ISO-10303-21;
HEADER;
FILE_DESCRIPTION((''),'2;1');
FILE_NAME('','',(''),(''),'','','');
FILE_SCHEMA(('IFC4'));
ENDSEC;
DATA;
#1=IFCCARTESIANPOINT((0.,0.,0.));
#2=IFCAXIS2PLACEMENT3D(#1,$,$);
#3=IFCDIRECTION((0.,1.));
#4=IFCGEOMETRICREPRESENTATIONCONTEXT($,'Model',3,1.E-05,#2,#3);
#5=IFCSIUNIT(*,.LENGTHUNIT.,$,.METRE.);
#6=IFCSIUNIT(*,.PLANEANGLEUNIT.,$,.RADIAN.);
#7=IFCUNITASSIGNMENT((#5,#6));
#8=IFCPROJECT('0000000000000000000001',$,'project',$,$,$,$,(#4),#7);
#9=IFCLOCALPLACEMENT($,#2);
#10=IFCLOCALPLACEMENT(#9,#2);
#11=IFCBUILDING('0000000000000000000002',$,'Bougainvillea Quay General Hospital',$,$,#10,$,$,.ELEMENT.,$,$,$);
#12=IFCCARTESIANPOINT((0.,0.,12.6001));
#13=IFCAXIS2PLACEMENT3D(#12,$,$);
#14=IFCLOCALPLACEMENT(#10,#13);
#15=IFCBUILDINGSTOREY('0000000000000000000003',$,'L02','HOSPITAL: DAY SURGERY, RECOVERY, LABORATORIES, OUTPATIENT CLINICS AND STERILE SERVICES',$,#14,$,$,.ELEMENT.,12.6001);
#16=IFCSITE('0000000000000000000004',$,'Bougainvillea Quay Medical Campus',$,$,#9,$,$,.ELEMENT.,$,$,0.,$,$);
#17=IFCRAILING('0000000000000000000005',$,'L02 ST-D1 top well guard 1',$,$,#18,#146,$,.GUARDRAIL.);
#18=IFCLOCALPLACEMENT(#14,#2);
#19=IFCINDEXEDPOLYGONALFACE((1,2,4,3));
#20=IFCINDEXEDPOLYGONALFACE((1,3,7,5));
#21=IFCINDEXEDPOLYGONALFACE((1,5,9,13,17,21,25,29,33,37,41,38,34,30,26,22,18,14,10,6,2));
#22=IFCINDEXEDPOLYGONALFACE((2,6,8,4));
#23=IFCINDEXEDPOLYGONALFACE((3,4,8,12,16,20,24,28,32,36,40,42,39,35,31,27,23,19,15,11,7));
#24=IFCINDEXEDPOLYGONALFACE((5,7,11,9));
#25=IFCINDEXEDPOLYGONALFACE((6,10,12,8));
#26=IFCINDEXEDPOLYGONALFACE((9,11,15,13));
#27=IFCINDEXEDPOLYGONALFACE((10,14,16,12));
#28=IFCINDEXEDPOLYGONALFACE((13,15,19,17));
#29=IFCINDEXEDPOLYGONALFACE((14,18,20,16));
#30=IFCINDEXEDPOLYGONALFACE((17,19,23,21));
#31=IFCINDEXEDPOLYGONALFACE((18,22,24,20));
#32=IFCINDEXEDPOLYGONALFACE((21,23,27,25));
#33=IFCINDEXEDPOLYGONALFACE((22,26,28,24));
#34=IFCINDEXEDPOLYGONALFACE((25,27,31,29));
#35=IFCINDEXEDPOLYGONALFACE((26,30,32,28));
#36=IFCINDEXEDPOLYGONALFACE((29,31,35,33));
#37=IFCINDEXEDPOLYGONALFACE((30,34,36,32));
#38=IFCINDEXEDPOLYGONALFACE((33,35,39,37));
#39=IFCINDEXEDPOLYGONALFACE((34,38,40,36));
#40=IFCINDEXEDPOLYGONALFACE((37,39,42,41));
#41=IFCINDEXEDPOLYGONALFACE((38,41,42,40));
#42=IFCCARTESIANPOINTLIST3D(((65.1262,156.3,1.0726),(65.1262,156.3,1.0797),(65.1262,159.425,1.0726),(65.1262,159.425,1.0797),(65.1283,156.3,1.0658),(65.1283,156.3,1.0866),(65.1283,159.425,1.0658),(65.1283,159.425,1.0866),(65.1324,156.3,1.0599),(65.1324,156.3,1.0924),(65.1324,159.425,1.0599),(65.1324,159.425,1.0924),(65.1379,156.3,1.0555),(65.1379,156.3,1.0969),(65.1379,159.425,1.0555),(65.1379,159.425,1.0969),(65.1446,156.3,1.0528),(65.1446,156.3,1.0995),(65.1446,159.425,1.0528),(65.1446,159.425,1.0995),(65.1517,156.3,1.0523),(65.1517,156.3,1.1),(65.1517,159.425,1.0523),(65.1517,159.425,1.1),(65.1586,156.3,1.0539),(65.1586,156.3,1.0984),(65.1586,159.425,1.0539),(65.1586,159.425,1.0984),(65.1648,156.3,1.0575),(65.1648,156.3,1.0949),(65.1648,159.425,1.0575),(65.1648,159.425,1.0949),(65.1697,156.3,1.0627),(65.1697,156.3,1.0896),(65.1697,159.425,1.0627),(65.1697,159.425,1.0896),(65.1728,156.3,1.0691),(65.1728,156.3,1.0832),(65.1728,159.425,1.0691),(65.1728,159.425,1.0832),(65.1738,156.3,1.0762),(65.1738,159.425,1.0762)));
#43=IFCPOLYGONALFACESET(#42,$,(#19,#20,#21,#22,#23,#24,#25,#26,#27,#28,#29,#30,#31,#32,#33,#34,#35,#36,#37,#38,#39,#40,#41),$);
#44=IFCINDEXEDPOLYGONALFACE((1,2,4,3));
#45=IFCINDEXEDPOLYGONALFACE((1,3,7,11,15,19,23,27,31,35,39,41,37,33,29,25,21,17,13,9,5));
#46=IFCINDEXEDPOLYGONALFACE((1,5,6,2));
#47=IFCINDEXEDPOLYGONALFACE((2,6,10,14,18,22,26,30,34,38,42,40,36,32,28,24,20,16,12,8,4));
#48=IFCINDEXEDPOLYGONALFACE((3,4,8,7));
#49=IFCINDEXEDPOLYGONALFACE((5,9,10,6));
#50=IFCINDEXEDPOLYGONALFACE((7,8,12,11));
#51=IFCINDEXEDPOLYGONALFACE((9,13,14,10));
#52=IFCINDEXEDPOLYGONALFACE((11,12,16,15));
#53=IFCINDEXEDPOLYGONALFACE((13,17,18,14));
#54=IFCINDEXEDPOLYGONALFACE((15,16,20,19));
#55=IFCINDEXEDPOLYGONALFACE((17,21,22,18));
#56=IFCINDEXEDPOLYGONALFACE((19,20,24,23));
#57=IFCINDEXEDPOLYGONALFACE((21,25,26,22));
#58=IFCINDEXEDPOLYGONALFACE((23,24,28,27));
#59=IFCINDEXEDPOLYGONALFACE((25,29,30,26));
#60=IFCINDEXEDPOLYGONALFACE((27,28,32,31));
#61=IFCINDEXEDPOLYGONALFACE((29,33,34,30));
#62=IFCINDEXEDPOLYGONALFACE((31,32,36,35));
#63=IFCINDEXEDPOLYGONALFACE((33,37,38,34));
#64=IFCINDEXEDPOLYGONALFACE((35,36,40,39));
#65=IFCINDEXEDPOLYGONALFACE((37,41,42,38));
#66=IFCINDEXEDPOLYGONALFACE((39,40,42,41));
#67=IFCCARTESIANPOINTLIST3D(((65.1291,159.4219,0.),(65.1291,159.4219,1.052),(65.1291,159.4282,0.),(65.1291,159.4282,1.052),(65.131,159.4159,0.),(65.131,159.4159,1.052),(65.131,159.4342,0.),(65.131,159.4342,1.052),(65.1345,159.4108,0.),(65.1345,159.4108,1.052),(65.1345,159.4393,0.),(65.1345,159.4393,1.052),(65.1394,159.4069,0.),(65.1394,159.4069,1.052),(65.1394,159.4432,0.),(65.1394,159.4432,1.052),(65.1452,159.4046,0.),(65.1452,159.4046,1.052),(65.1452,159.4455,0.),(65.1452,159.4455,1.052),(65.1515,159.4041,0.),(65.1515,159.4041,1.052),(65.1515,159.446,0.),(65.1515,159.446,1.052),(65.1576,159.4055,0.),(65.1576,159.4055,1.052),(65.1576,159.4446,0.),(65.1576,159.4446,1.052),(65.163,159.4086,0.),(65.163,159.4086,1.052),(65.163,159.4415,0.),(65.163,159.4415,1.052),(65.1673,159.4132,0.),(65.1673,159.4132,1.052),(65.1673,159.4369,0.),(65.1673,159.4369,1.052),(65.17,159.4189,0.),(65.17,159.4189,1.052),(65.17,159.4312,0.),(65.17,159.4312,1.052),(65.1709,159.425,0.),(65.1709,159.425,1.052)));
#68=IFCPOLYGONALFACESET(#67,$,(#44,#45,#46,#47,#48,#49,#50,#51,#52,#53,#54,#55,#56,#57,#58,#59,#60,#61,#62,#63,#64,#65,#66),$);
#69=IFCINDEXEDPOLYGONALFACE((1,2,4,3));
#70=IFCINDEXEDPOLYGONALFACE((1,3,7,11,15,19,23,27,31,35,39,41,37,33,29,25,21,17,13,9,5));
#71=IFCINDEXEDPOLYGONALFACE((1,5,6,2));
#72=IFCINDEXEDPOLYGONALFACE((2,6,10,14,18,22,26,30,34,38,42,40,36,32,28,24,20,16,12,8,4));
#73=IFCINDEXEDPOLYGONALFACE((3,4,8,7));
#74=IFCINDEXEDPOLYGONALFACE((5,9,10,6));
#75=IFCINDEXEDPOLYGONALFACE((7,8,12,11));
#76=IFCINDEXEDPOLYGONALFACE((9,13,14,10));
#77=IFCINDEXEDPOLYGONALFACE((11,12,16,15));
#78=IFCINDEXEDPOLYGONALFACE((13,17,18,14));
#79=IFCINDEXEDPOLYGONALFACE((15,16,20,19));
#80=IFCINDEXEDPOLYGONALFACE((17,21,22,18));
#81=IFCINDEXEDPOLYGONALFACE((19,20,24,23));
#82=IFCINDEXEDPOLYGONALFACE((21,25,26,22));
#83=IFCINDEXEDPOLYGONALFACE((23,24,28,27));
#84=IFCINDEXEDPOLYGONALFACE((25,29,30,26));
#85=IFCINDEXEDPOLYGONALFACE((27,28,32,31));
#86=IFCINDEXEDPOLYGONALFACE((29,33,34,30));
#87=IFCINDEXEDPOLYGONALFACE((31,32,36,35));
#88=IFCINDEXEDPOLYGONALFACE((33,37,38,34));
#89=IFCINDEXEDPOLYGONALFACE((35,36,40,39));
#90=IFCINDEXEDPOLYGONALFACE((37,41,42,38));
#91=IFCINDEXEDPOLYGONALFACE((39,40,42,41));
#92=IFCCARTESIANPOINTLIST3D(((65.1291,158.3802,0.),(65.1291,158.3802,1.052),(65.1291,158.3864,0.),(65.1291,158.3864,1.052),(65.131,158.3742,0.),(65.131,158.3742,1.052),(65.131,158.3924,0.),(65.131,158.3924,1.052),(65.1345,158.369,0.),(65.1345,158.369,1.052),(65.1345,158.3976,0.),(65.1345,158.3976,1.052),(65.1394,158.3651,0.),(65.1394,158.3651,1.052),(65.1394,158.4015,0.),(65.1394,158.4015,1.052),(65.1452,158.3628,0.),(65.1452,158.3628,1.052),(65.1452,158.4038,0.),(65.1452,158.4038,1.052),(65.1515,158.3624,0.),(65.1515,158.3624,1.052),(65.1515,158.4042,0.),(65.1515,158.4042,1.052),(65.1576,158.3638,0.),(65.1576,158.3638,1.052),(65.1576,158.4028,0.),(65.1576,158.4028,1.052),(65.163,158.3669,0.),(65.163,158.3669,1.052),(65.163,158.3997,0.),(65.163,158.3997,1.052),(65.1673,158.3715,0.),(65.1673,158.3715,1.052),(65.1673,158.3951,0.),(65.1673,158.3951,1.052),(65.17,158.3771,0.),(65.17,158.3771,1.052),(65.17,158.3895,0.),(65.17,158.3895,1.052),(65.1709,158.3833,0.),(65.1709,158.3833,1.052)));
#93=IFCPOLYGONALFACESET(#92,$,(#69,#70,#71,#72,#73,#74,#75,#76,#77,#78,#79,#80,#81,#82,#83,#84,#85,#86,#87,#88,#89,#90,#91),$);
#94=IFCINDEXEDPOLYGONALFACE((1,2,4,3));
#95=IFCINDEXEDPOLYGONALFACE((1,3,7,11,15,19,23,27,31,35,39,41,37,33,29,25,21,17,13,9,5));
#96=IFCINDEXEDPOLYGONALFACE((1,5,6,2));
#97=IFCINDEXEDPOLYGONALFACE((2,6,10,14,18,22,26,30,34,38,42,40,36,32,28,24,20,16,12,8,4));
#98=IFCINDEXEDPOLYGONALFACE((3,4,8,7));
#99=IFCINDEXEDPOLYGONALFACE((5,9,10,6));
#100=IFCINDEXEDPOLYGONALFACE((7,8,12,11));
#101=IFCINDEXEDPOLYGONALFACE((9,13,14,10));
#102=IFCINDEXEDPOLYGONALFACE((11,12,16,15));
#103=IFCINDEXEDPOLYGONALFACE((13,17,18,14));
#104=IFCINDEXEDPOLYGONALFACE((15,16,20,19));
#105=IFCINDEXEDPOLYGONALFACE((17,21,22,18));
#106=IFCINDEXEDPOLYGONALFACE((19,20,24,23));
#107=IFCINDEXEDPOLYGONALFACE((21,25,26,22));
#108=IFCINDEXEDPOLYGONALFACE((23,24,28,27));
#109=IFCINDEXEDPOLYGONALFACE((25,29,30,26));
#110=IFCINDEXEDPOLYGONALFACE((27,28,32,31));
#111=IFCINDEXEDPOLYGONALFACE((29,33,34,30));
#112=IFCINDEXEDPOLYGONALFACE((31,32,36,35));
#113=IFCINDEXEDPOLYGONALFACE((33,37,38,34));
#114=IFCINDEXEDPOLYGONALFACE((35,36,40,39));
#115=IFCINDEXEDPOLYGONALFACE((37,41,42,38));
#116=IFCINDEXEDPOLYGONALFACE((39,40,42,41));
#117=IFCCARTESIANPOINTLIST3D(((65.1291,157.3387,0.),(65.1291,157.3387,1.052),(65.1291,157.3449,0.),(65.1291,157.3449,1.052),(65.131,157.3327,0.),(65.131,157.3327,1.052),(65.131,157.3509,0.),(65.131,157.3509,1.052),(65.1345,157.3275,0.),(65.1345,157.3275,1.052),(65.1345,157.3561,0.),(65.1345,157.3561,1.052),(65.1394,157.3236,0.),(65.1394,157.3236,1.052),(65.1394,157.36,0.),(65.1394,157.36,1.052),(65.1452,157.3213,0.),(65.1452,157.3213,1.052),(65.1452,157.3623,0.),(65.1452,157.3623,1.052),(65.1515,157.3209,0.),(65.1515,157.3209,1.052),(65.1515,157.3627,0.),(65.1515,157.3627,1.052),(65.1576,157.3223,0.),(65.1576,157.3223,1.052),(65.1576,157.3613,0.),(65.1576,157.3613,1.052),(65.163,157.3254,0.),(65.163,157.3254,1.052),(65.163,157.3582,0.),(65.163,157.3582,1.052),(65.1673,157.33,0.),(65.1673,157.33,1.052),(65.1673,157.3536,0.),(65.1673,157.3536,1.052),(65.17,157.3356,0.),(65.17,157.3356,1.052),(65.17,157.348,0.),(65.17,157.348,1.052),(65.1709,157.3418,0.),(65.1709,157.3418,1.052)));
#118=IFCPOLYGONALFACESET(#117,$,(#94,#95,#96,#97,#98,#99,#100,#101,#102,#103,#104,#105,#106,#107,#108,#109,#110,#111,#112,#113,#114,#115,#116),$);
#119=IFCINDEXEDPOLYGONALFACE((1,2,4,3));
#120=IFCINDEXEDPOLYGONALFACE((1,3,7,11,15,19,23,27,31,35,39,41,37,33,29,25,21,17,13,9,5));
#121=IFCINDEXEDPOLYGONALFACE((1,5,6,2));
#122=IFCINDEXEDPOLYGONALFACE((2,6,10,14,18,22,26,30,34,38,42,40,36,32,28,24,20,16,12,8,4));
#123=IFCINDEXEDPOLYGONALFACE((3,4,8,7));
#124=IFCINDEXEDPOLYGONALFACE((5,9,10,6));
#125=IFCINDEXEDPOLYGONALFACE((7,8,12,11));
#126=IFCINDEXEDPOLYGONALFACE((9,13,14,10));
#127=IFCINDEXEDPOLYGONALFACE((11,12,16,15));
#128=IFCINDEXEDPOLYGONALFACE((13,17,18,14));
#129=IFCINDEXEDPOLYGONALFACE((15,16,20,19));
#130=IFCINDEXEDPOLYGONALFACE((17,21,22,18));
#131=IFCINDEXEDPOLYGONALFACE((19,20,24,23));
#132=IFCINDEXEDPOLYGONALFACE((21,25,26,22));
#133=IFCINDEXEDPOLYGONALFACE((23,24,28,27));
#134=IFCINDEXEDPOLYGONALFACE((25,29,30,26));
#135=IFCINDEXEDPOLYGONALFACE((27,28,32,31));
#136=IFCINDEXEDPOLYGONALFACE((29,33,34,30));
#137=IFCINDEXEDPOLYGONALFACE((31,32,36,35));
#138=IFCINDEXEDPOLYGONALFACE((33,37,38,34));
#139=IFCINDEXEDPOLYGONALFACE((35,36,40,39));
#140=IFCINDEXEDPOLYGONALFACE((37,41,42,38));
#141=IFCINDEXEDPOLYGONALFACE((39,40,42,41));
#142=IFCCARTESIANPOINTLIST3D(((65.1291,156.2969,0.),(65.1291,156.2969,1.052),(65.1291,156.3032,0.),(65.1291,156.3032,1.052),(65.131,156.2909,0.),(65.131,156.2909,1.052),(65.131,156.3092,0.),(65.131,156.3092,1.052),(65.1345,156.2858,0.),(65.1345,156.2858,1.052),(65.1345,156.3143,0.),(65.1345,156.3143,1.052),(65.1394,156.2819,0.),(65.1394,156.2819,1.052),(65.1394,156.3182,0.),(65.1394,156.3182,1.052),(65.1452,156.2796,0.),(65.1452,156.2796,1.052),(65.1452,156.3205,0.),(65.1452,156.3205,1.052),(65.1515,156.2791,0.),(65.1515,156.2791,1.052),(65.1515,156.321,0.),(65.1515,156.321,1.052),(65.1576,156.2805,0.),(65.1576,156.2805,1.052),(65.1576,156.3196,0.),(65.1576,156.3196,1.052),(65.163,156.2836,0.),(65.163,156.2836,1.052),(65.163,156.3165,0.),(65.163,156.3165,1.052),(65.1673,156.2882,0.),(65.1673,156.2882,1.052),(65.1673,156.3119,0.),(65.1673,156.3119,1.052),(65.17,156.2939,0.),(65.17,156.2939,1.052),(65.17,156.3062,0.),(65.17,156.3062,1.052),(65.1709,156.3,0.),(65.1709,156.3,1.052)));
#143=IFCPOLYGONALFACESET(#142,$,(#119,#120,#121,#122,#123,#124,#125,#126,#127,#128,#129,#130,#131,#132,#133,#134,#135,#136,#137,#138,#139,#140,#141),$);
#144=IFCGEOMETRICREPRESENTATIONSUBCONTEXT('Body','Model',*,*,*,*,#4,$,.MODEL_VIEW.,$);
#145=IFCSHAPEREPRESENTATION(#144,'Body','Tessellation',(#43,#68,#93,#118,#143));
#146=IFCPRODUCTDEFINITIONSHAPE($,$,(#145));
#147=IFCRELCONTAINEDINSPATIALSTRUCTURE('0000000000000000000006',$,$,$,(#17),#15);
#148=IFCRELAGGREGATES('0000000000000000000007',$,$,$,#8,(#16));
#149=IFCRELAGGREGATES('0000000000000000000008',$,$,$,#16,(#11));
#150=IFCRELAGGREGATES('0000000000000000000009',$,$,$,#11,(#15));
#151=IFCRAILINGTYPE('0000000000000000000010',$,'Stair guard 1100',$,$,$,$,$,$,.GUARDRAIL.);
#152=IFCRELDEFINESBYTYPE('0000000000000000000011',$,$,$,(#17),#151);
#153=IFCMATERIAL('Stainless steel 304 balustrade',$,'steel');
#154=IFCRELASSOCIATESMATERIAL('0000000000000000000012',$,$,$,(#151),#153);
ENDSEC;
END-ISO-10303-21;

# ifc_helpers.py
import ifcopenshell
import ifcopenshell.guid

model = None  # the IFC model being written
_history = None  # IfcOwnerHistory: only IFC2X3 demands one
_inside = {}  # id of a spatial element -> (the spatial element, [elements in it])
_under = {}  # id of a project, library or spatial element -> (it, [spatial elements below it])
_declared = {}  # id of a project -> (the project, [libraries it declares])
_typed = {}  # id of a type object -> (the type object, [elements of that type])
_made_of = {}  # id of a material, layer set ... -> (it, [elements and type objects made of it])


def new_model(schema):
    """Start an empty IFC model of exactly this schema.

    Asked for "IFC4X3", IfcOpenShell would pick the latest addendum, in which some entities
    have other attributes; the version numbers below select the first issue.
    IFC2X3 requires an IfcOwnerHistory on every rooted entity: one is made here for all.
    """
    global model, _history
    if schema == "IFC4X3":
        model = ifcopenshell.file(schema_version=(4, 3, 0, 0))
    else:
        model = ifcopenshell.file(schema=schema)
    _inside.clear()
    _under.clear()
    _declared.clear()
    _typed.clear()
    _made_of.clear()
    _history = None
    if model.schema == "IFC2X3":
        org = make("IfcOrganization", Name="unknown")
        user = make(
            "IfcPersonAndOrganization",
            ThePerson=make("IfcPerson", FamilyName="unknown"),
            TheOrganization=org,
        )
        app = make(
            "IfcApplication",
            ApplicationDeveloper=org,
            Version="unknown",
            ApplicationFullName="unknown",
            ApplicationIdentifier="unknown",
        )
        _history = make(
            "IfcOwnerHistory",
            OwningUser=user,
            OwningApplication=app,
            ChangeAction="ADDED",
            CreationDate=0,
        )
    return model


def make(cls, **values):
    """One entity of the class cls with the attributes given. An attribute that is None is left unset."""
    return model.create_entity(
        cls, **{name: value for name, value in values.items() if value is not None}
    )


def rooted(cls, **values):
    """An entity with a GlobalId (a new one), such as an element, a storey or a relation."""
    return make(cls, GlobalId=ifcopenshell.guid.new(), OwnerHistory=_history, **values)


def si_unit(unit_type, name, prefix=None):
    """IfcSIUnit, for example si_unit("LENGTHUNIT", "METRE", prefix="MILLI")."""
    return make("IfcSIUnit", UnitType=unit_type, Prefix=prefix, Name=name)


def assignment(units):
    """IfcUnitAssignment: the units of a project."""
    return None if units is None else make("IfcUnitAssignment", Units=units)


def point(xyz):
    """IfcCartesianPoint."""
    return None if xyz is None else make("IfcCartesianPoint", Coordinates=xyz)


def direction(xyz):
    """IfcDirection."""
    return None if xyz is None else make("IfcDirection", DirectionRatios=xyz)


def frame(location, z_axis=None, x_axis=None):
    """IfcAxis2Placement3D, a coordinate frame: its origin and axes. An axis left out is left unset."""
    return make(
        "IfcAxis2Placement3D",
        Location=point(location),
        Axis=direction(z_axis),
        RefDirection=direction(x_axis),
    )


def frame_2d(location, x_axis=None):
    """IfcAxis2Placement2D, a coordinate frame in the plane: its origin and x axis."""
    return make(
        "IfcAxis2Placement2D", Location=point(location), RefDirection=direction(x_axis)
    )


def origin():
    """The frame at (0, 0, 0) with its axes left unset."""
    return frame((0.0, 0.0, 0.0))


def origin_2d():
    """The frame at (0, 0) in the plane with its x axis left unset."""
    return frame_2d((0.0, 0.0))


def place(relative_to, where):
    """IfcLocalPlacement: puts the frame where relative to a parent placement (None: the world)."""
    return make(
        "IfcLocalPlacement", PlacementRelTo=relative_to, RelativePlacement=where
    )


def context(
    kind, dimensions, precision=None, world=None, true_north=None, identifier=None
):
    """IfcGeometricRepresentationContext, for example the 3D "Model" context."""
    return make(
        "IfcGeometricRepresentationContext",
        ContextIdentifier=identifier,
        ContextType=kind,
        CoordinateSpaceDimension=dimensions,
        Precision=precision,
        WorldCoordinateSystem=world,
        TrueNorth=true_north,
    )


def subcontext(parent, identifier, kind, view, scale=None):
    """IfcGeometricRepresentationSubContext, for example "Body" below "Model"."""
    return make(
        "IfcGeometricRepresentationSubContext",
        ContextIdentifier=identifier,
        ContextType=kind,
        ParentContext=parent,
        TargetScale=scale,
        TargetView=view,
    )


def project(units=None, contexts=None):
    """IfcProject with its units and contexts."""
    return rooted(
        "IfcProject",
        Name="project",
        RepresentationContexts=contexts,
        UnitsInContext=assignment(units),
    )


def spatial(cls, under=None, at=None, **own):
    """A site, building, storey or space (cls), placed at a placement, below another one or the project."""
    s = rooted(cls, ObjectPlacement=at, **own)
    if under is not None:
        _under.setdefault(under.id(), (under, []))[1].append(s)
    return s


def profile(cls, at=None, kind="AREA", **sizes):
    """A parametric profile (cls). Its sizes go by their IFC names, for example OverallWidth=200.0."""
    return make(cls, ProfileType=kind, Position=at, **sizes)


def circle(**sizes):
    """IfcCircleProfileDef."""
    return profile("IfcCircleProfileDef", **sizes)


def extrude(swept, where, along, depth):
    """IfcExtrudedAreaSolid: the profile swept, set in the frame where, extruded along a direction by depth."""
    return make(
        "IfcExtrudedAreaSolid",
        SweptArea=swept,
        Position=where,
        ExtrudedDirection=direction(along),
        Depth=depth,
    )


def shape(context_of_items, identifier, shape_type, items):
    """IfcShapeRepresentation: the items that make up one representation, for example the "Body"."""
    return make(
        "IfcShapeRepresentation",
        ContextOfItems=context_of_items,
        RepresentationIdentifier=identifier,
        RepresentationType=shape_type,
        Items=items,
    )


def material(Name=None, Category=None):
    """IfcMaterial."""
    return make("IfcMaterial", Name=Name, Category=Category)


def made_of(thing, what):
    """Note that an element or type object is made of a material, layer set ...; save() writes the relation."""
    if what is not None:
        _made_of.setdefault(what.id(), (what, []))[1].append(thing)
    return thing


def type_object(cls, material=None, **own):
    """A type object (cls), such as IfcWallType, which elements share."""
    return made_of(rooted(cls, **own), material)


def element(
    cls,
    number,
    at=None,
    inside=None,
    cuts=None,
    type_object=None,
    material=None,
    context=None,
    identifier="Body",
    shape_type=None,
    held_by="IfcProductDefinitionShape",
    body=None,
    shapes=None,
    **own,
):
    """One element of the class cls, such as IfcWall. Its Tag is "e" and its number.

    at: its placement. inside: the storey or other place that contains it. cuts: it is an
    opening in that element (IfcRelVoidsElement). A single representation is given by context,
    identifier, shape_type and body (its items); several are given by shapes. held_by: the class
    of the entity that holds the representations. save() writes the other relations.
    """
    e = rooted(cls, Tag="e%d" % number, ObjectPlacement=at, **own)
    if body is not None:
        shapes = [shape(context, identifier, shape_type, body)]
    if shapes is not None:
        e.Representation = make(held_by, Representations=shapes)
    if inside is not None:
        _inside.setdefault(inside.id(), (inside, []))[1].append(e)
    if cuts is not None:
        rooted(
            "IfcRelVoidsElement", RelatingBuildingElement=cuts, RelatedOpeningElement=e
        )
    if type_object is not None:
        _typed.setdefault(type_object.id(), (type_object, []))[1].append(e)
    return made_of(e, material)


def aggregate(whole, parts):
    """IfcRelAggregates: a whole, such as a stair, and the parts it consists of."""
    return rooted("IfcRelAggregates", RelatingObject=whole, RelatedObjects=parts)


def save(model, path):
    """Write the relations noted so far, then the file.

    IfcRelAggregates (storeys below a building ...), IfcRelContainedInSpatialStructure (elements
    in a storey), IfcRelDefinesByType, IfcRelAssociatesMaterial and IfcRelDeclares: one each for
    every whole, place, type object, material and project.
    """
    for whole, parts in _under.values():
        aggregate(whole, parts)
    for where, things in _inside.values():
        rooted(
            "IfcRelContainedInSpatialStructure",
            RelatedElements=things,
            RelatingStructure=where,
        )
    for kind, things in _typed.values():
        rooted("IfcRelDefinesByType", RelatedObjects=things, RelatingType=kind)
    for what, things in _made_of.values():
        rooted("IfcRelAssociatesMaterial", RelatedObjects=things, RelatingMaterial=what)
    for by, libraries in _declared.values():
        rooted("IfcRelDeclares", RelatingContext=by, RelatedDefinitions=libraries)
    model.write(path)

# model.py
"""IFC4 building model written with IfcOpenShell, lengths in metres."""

from ifc_helpers import new_model, si_unit, direction, frame, origin, origin_2d, place, context, subcontext, project, spatial, circle, extrude, material, type_object, element, save


model = new_model("IFC4")

# Units and contexts
model_context = context("Model", 3, precision=1e-05, world=origin(), true_north=direction((0.0, 1.0)))
body_context = subcontext(model_context, "Body", "Model", "MODEL_VIEW")
ifc_project = project(units=[si_unit("LENGTHUNIT", "METRE"), si_unit("PLANEANGLEUNIT", "RADIAN")], contexts=[model_context])

# Site, building, storey
site_placement = place(None, origin())
site = spatial("IfcSite", under=ifc_project, at=site_placement, Name="Bougainvillea Quay Medical Campus", CompositionType="ELEMENT", RefElevation=0.0)
building_placement = place(site_placement, origin())
building = spatial("IfcBuilding", under=site, at=building_placement, Name="Bougainvillea Quay General Hospital", CompositionType="ELEMENT")
storey_placement = place(building_placement, frame((0.0, 0.0, 12.6001)))
storey = spatial("IfcBuildingStorey", under=building, at=storey_placement, Name="L02", Description="HOSPITAL: DAY SURGERY, RECOVERY, LABORATORIES, OUTPATIENT CLINICS AND STERILE SERVICES", CompositionType="ELEMENT", Elevation=12.6001)

# Railing
ifc_material_1 = material(Name="Stainless steel 304 balustrade", Category="steel")
railing_type = type_object("IfcRailingType", Name="Stair guard 1100", PredefinedType="GUARDRAIL", material=ifc_material_1)
railing_placement = place(storey_placement, frame((65.1499, 159.425, 0.0)))
element("IfcRailing", 1, at=railing_placement, inside=storey, type_object=railing_type, Name="L02 ST-D1 top well guard 1", PredefinedType="GUARDRAIL", context=body_context, shape_type="SweptSolid", body=[
    extrude(circle(Radius=0.0239, at=origin_2d()), frame((0.0, 0.0, 1.0762), z_axis=(0.0, -1.0, 0.0), x_axis=(1.0, 0.0, 0.0)), (0.0, 0.0, 1.0), 3.125),
    extrude(circle(Radius=0.021, at=origin_2d()), origin(), (0.0, 0.0, 1.0), 1.052),
    extrude(circle(Radius=0.021, at=origin_2d()), frame((0.0, -1.0417, 0.0)), (0.0, 0.0, 1.0), 1.052),
    extrude(circle(Radius=0.021, at=origin_2d()), frame((0.0, -2.0833, 0.0)), (0.0, 0.0, 1.0), 1.052),
    extrude(circle(Radius=0.021, at=origin_2d()), frame((0.0, -3.125, 0.0)), (0.0, 0.0, 1.0), 1.052),
])

save(model, "model.ifc")
